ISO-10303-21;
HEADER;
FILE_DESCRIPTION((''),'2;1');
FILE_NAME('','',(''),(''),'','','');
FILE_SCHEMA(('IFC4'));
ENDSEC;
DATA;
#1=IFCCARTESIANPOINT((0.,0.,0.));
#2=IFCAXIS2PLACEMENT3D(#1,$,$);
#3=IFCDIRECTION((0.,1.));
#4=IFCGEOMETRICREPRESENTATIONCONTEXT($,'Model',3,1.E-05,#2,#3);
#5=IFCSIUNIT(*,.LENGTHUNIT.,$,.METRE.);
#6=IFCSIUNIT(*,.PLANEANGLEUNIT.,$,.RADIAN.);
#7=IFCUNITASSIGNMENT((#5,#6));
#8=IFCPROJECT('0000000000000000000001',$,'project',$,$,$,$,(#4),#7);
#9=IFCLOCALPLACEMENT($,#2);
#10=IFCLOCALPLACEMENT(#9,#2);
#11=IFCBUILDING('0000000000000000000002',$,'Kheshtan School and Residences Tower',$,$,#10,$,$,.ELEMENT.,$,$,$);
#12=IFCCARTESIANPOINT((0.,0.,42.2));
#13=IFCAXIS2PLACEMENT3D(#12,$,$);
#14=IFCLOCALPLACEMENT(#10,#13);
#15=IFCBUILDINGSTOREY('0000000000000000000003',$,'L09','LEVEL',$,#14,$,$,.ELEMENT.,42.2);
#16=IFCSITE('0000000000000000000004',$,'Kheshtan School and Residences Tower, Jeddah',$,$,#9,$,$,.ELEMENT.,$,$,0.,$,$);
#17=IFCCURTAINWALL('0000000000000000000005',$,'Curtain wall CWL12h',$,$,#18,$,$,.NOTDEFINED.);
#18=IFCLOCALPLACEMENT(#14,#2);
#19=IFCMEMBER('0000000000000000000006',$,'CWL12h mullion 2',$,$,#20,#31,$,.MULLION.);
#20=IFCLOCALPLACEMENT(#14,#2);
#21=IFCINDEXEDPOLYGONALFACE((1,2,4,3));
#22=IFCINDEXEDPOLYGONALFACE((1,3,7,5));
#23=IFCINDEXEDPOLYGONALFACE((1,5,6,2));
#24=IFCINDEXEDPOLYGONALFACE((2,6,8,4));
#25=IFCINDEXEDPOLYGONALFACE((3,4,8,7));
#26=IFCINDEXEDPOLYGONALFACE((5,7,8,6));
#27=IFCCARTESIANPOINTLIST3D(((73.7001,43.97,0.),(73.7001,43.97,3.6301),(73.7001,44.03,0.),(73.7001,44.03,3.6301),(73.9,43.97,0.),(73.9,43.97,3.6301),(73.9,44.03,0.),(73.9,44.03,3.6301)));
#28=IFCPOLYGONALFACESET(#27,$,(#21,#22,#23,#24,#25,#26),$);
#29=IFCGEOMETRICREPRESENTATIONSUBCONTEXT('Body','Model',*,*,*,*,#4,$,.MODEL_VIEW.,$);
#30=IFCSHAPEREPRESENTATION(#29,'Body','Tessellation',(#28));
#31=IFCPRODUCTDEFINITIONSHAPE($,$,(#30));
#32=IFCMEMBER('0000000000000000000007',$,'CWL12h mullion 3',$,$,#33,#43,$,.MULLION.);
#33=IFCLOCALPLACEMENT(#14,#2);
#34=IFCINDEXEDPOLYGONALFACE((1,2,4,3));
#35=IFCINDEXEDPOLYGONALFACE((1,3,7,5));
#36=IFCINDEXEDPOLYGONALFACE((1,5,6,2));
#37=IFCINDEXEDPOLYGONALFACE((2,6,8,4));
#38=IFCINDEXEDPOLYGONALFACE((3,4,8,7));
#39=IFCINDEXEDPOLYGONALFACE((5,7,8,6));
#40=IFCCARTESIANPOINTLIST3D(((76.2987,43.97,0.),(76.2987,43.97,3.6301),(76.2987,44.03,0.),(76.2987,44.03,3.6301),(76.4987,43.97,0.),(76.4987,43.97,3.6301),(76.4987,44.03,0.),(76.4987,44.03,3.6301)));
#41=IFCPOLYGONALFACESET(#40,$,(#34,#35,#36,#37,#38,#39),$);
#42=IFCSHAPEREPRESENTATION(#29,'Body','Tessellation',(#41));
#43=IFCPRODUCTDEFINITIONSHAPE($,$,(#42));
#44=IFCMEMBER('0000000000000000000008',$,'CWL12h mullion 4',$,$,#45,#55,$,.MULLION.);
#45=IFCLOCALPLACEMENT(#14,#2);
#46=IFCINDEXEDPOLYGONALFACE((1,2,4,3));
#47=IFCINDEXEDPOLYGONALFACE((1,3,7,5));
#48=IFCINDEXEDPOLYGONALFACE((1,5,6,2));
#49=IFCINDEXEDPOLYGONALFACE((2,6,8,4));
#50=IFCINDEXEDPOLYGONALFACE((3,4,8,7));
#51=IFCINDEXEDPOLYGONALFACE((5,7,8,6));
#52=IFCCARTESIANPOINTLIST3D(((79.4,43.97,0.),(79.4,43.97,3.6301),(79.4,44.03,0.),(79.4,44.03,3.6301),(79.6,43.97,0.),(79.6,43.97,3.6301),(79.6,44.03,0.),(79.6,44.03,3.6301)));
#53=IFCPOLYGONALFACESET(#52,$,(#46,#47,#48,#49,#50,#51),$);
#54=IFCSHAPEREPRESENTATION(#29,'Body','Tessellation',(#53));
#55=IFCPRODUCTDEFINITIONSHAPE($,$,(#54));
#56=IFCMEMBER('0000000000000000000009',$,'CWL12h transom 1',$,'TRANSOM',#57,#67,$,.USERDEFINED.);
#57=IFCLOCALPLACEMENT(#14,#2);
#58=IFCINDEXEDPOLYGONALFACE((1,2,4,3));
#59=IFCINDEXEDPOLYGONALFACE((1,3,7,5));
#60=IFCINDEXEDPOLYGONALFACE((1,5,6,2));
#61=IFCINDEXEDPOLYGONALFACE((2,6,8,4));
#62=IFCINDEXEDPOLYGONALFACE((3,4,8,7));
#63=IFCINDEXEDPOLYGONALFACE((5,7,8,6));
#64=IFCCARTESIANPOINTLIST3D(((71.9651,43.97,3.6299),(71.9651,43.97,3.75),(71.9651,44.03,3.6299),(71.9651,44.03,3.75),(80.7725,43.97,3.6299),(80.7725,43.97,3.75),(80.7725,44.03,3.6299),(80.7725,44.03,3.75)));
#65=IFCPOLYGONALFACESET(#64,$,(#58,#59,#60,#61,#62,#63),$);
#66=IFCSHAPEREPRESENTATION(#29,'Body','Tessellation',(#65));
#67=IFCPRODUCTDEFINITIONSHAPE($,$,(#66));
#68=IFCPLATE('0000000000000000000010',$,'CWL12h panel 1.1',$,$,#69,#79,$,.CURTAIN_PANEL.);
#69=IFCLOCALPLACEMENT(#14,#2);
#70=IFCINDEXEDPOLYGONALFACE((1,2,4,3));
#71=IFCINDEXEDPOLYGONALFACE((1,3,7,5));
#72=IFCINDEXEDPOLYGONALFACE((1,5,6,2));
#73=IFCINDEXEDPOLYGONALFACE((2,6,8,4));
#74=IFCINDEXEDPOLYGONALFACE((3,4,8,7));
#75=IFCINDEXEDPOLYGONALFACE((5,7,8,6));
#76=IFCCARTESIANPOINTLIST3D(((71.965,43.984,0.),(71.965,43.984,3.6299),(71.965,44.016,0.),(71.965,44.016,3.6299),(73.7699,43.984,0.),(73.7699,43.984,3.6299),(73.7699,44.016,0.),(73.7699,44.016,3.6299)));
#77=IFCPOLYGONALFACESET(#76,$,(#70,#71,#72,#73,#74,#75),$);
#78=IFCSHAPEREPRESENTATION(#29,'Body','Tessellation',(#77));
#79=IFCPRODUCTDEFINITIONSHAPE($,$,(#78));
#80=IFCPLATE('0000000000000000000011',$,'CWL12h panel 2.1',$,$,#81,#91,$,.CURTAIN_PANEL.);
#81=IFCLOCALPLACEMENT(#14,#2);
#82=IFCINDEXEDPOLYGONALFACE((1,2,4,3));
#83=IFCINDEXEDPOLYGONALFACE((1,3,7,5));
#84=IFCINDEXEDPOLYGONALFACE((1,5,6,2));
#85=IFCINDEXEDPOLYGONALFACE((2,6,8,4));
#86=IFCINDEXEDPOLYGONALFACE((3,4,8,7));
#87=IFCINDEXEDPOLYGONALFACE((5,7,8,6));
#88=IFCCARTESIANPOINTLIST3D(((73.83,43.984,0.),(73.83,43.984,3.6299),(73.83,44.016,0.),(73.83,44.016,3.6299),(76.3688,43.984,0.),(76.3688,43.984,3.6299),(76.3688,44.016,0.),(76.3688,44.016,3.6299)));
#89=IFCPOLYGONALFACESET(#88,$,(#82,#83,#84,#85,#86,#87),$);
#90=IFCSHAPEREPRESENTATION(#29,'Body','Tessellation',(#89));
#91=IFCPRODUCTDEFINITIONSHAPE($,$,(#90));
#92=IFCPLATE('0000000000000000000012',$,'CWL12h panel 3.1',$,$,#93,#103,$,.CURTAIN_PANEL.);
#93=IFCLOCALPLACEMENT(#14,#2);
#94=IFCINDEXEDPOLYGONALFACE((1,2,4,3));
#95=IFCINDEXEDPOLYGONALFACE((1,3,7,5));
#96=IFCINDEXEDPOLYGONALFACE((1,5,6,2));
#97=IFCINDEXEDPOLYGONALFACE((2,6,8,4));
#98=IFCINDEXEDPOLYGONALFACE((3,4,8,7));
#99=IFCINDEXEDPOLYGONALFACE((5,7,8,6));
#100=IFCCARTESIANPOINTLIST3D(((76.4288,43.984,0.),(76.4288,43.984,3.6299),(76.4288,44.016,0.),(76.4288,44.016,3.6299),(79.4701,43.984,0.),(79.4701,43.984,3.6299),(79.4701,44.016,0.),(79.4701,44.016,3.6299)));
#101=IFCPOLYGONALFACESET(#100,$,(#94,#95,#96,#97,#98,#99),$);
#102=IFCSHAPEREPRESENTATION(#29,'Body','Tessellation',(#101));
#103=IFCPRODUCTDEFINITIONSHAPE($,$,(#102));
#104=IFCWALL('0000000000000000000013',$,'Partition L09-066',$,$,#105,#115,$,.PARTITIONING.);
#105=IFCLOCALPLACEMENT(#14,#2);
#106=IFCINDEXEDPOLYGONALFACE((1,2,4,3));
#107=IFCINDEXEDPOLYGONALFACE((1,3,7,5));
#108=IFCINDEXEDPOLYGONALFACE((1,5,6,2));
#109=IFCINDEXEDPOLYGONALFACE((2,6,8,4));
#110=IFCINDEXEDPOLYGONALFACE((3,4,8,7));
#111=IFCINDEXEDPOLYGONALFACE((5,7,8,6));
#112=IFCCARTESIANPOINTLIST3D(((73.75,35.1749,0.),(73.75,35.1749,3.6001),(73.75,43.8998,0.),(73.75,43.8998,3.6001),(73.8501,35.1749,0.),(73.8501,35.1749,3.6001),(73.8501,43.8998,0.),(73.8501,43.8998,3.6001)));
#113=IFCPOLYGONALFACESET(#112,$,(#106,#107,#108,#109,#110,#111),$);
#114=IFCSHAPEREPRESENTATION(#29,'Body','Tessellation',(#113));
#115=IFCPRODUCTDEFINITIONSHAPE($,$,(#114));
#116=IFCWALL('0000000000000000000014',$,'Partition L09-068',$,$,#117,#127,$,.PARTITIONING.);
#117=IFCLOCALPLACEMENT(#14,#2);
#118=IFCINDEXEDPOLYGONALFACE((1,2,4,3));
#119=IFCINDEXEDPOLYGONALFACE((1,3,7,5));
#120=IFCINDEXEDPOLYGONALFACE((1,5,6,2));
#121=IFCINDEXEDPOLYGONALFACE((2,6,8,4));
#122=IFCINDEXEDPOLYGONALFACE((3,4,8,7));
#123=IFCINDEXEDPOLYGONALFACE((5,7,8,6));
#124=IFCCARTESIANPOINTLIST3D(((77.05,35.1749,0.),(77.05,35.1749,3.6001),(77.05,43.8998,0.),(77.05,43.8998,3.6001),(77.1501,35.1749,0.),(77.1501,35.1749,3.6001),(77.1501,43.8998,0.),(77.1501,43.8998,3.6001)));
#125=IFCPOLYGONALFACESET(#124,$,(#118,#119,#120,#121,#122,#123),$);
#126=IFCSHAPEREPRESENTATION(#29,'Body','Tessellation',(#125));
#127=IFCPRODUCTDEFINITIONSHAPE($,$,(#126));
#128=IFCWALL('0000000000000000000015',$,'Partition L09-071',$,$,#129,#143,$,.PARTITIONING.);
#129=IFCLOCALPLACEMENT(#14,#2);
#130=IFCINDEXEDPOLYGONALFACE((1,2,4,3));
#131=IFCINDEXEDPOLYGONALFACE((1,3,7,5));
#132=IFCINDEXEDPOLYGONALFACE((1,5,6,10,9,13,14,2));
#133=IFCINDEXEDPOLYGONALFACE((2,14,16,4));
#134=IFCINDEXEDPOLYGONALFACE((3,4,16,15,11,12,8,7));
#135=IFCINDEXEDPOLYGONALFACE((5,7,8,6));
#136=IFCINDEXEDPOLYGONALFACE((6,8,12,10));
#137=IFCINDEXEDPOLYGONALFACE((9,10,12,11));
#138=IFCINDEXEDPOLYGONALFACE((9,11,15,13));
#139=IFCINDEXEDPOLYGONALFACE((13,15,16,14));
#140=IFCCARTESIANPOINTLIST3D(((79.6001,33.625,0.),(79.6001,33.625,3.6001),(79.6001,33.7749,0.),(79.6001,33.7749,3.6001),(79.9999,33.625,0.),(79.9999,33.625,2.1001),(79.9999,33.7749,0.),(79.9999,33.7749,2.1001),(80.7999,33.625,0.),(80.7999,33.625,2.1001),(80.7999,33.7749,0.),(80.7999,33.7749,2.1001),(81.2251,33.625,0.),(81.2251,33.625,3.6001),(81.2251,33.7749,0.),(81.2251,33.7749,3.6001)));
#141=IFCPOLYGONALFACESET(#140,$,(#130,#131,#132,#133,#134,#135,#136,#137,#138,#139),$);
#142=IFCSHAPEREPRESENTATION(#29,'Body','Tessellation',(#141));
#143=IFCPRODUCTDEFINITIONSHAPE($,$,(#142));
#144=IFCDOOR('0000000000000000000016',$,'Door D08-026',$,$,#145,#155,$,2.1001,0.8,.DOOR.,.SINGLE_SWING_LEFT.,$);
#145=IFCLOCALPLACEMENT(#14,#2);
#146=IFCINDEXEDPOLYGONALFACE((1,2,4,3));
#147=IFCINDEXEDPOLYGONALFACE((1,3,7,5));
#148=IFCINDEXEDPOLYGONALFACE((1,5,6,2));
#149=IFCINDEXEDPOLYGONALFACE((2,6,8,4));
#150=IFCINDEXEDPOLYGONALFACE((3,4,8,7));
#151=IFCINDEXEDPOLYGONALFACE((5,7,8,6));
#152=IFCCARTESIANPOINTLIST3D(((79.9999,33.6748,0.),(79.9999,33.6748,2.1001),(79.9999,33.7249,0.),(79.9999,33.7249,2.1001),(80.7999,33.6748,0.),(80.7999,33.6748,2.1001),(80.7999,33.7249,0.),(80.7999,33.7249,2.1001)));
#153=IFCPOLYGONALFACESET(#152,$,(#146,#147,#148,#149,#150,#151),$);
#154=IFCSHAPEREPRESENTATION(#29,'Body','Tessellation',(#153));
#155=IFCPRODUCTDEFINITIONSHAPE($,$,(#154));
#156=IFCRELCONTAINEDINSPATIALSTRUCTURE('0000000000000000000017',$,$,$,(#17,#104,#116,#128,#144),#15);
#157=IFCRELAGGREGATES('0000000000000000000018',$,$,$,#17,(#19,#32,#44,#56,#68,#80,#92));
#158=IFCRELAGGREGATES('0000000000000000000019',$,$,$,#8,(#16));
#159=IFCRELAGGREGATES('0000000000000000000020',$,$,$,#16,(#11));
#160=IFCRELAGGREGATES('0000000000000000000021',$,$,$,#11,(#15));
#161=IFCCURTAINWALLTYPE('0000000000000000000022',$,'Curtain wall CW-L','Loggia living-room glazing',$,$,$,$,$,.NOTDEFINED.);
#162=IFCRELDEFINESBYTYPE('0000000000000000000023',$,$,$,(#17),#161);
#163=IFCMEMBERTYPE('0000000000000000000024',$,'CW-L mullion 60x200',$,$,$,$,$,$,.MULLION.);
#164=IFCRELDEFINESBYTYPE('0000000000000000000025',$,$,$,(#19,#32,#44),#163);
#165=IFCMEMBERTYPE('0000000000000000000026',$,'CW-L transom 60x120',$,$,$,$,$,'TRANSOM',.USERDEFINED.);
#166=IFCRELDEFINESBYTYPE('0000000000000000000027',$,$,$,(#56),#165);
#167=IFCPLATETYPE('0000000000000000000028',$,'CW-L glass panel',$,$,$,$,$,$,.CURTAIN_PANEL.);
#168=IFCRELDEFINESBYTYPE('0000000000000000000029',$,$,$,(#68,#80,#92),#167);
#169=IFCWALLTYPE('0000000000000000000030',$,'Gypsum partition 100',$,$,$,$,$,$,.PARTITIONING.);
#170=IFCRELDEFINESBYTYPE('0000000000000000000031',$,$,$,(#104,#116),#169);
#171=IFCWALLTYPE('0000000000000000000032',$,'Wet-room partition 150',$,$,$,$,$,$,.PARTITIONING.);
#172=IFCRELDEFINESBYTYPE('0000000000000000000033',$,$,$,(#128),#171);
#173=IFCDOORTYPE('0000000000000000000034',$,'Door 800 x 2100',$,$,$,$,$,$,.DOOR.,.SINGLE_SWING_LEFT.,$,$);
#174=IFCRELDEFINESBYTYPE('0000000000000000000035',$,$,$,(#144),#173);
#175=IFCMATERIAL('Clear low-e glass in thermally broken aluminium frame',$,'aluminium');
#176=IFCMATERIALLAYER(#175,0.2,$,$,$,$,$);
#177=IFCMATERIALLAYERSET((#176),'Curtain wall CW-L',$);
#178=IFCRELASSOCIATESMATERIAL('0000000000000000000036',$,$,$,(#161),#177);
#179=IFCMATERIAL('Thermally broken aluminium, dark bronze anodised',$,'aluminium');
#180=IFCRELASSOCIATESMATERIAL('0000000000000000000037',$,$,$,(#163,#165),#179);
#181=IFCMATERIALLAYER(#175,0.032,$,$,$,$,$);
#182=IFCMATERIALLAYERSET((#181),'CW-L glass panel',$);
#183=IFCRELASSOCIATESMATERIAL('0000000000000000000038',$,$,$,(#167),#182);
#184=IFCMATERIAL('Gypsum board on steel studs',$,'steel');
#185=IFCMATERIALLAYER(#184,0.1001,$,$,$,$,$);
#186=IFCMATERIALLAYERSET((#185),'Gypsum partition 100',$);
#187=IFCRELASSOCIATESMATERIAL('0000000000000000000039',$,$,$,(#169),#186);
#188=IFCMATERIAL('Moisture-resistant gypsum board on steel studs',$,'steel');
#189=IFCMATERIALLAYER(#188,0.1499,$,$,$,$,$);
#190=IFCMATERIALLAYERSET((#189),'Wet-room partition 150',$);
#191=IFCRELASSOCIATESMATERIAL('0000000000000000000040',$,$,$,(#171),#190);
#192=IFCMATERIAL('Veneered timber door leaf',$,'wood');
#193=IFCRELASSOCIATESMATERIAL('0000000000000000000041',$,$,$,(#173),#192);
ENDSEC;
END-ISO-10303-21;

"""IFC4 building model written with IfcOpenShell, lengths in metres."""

from ifc_helpers import new_model, si_unit, direction, frame, frame_2d, origin, origin_2d, place, context, subcontext, project, spatial, rectangle, extrude, source, transform, mapped, material, layer, layer_set, material_profile, profile_set, type_object, element, fill, aggregate, save


model = new_model("IFC4")

# Units and contexts
model_context = context("Model", 3, precision=1e-05, world=origin(), true_north=direction((0.0, 1.0)))
body_context = subcontext(model_context, "Body", "Model", "MODEL_VIEW")
ifc_project = project(units=[si_unit("LENGTHUNIT", "METRE"), si_unit("PLANEANGLEUNIT", "RADIAN")], contexts=[model_context])

# Site, building, storey
site_placement = place(None, origin())
site = spatial("IfcSite", under=ifc_project, at=site_placement, Name="Kheshtan School and Residences Tower, Jeddah", CompositionType="ELEMENT", RefElevation=0.0)
building_placement = place(site_placement, origin())
building = spatial("IfcBuilding", under=site, at=building_placement, Name="Kheshtan School and Residences Tower", CompositionType="ELEMENT")
storey_placement = place(building_placement, frame((0.0, 0.0, 42.2)))
storey = spatial("IfcBuildingStorey", under=building, at=storey_placement, Name="L09", Description="LEVEL", CompositionType="ELEMENT", Elevation=42.2)

# Curtain wall, members, plates
ifc_material_1 = material(Name="Clear low-e glass in thermally broken aluminium frame", Category="aluminium")
ifc_layer_1 = layer(ifc_material_1, 0.2)
ifc_layer_set_1 = layer_set([ifc_layer_1], Name="Curtain wall CW-L")
curtain_wall_type = type_object("IfcCurtainWallType", Name="Curtain wall CW-L", Description="Loggia living-room glazing", PredefinedType="NOTDEFINED", material=ifc_layer_set_1)
curtain_wall_placement = place(storey_placement, origin())
curtain_wall = element("IfcCurtainWall", 1, at=curtain_wall_placement, inside=storey, type_object=curtain_wall_type, Name="Curtain wall CWL12h", PredefinedType="NOTDEFINED")
ifc_material_2 = material(Name="Thermally broken aluminium, dark bronze anodised", Category="aluminium")
ifc_material_profile_1 = material_profile(ifc_material_2, rectangle(XDim=0.0601, YDim=0.2, at=origin_2d()), Name="CW-L mullion 60x200")
ifc_profile_set_1 = profile_set([ifc_material_profile_1], Name="Thermally broken aluminium, dark bronze anodised")
member_type_1 = type_object("IfcMemberType", Name="CW-L mullion 60x200", PredefinedType="MULLION", material=ifc_profile_set_1)
member_1_placement = place(storey_placement, frame((73.8, 44.0, 0.0), z_axis=(0.0, 0.0, 1.0), x_axis=(0.0, 1.0, 0.0)))
member_1 = element("IfcMember", 2, at=member_1_placement, type_object=member_type_1, Name="CWL12h mullion 2", PredefinedType="MULLION", context=body_context, shape_type="SweptSolid", body=[
    extrude(rectangle(XDim=0.0601, YDim=0.2, at=origin_2d()), origin(), (0.0, 0.0, 1.0), 3.6301),
])
member_2_placement = place(storey_placement, frame((76.3987, 44.0, 0.0), z_axis=(0.0, 0.0, 1.0), x_axis=(0.0, 1.0, 0.0)))
member_2 = element("IfcMember", 3, at=member_2_placement, type_object=member_type_1, Name="CWL12h mullion 3", PredefinedType="MULLION", context=body_context, shape_type="SweptSolid", body=[
    extrude(rectangle(XDim=0.0601, YDim=0.2, at=origin_2d()), origin(), (0.0, 0.0, 1.0), 3.6301),
])
member_3_placement = place(storey_placement, frame((79.5, 44.0, 0.0), z_axis=(0.0, 0.0, 1.0), x_axis=(0.0, 1.0, 0.0)))
member_3 = element("IfcMember", 4, at=member_3_placement, type_object=member_type_1, Name="CWL12h mullion 4", PredefinedType="MULLION", context=body_context, shape_type="SweptSolid", body=[
    extrude(rectangle(XDim=0.0601, YDim=0.2, at=origin_2d()), origin(), (0.0, 0.0, 1.0), 3.6301),
])
ifc_material_profile_2 = material_profile(ifc_material_2, rectangle(XDim=0.0601, YDim=0.1201, at=origin_2d()), Name="CW-L transom 60x120")
ifc_profile_set_2 = profile_set([ifc_material_profile_2], Name="Thermally broken aluminium, dark bronze anodised")
member_type_2 = type_object("IfcMemberType", Name="CW-L transom 60x120", ElementType="TRANSOM", PredefinedType="USERDEFINED", material=ifc_profile_set_2)
member_4_placement = place(storey_placement, frame((71.9651, 44.0, 3.6899), z_axis=(1.0, 0.0, 0.0), x_axis=(0.0, 1.0, 0.0)))
member_4 = element("IfcMember", 5, at=member_4_placement, type_object=member_type_2, Name="CWL12h transom 1", ObjectType="TRANSOM", PredefinedType="USERDEFINED", context=body_context, shape_type="SweptSolid", body=[
    extrude(rectangle(XDim=0.0601, YDim=0.1201, at=origin_2d()), origin(), (0.0, 0.0, 1.0), 8.8074),
])
ifc_layer_2 = layer(ifc_material_1, 0.032)
ifc_layer_set_2 = layer_set([ifc_layer_2], Name="CW-L glass panel")
plate_type = type_object("IfcPlateType", Name="CW-L glass panel", PredefinedType="CURTAIN_PANEL", material=ifc_layer_set_2)
plate_1_placement = place(storey_placement, frame((72.8674, 44.0, 0.0), z_axis=(0.0, 0.0, 1.0), x_axis=(1.0, 0.0, 0.0)))
plate_1 = element("IfcPlate", 6, at=plate_1_placement, type_object=plate_type, Name="CWL12h panel 1.1", PredefinedType="CURTAIN_PANEL", context=body_context, shape_type="SweptSolid", body=[
    extrude(rectangle(XDim=1.8049, YDim=0.032, at=origin_2d()), origin(), (0.0, 0.0, 1.0), 3.6299),
])
plate_2_placement = place(storey_placement, frame((75.0994, 44.0, 0.0), z_axis=(0.0, 0.0, 1.0), x_axis=(1.0, 0.0, 0.0)))
plate_2 = element("IfcPlate", 7, at=plate_2_placement, type_object=plate_type, Name="CWL12h panel 2.1", PredefinedType="CURTAIN_PANEL", context=body_context, shape_type="SweptSolid", body=[
    extrude(rectangle(XDim=2.5388, YDim=0.032, at=origin_2d()), origin(), (0.0, 0.0, 1.0), 3.6299),
])
plate_3_placement = place(storey_placement, frame((77.9495, 44.0, 0.0), z_axis=(0.0, 0.0, 1.0), x_axis=(1.0, 0.0, 0.0)))
plate_3 = element("IfcPlate", 8, at=plate_3_placement, type_object=plate_type, Name="CWL12h panel 3.1", PredefinedType="CURTAIN_PANEL", context=body_context, shape_type="SweptSolid", body=[
    extrude(rectangle(XDim=3.0413, YDim=0.032, at=origin_2d()), origin(), (0.0, 0.0, 1.0), 3.6299),
])
aggregate(curtain_wall, [member_1, member_2, member_3, member_4, plate_1, plate_2, plate_3])

# Walls
ifc_material_3 = material(Name="Gypsum board on steel studs", Category="steel")
ifc_layer_3 = layer(ifc_material_3, 0.1001)
ifc_layer_set_3 = layer_set([ifc_layer_3], Name="Gypsum partition 100")
wall_type_1 = type_object("IfcWallType", Name="Gypsum partition 100", PredefinedType="PARTITIONING", material=ifc_layer_set_3)
for number, where, z_axis, x_axis, name in (
    (9, (73.8, 35.175, 0.0), (0.0, 0.0, 1.0), (0.0, 1.0, 0.0), "Partition L09-066"),
    (10, (77.1001, 35.175, 0.0), (0.0, 0.0, 1.0), (0.0, 1.0, 0.0), "Partition L09-068"),
):
    element("IfcWall", number, at=place(storey_placement, frame(where, z_axis=z_axis, x_axis=x_axis)), inside=storey, type_object=wall_type_1, Name=name, PredefinedType="PARTITIONING", context=body_context, shape_type="SweptSolid", body=[
        extrude(rectangle(XDim=8.7249, YDim=0.1001, at=frame_2d((4.3623, 0.0))), origin(), (0.0, 0.0, 1.0), 3.6001),
    ])

# Wall, opening, door
ifc_material_4 = material(Name="Moisture-resistant gypsum board on steel studs", Category="steel")
ifc_layer_4 = layer(ifc_material_4, 0.1499)
ifc_layer_set_4 = layer_set([ifc_layer_4], Name="Wet-room partition 150")
wall_type_2 = type_object("IfcWallType", Name="Wet-room partition 150", PredefinedType="PARTITIONING", material=ifc_layer_set_4)
wall_1_placement = place(storey_placement, frame((79.6001, 33.7, 0.0), z_axis=(0.0, 0.0, 1.0), x_axis=(1.0, 0.0, 0.0)))
wall_1 = element("IfcWall", 11, at=wall_1_placement, inside=storey, type_object=wall_type_2, Name="Partition L09-071", PredefinedType="PARTITIONING", context=body_context, shape_type="SweptSolid", body=[
    extrude(rectangle(XDim=1.625, YDim=0.1499, at=frame_2d((0.8125, 0.0))), origin(), (0.0, 0.0, 1.0), 3.6001),
])
opening_1_placement = place(wall_1_placement, frame((0.3999, 0.0, 0.0)))
opening_1 = element("IfcOpeningElement", 12, at=opening_1_placement, cuts=wall_1, PredefinedType="OPENING", context=body_context, shape_type="SweptSolid", body=[
    extrude(rectangle(XDim=0.8, YDim=2.1001, at=frame_2d((0.3999, 1.05))), frame((0.0, 0.085, 0.0), z_axis=(0.0, -1.0, 0.0), x_axis=(1.0, 0.0, 0.0)), (0.0, 0.0, 1.0), 0.1699),
])
ifc_material_5 = material(Name="Veneered timber door leaf", Category="wood")
door_type_1 = type_object("IfcDoorType", Name="Door 800 x 2100", OperationType="SINGLE_SWING_LEFT", PredefinedType="DOOR", material=ifc_material_5)
shared_shape_1 = source(origin(), body_context, "Body", "SweptSolid", [
    extrude(rectangle(XDim=0.8, YDim=2.1001, at=frame_2d((0.3999, 1.05))), frame((0.0, 0.0249, 0.0), z_axis=(0.0, -1.0, 0.0), x_axis=(1.0, 0.0, 0.0)), (0.0, 0.0, 1.0), 0.05),
])
door_1_placement = place(opening_1_placement, origin())
door_1 = element("IfcDoor", 13, at=door_1_placement, inside=storey, type_object=door_type_1, Name="Door D08-026", OperationType="SINGLE_SWING_LEFT", OverallHeight=2.1001, OverallWidth=0.8, PredefinedType="DOOR", context=body_context, shape_type="MappedRepresentation", body=[
    mapped(shared_shape_1, transform((0.0, 0.0, 0.0), x_axis=(1.0, 0.0, 0.0), y_axis=(0.0, 1.0, 0.0), z_axis=(0.0, 0.0, 1.0), scale=1.0)),
])
fill(opening_1, door_1)

save(model, "model.ifc")
